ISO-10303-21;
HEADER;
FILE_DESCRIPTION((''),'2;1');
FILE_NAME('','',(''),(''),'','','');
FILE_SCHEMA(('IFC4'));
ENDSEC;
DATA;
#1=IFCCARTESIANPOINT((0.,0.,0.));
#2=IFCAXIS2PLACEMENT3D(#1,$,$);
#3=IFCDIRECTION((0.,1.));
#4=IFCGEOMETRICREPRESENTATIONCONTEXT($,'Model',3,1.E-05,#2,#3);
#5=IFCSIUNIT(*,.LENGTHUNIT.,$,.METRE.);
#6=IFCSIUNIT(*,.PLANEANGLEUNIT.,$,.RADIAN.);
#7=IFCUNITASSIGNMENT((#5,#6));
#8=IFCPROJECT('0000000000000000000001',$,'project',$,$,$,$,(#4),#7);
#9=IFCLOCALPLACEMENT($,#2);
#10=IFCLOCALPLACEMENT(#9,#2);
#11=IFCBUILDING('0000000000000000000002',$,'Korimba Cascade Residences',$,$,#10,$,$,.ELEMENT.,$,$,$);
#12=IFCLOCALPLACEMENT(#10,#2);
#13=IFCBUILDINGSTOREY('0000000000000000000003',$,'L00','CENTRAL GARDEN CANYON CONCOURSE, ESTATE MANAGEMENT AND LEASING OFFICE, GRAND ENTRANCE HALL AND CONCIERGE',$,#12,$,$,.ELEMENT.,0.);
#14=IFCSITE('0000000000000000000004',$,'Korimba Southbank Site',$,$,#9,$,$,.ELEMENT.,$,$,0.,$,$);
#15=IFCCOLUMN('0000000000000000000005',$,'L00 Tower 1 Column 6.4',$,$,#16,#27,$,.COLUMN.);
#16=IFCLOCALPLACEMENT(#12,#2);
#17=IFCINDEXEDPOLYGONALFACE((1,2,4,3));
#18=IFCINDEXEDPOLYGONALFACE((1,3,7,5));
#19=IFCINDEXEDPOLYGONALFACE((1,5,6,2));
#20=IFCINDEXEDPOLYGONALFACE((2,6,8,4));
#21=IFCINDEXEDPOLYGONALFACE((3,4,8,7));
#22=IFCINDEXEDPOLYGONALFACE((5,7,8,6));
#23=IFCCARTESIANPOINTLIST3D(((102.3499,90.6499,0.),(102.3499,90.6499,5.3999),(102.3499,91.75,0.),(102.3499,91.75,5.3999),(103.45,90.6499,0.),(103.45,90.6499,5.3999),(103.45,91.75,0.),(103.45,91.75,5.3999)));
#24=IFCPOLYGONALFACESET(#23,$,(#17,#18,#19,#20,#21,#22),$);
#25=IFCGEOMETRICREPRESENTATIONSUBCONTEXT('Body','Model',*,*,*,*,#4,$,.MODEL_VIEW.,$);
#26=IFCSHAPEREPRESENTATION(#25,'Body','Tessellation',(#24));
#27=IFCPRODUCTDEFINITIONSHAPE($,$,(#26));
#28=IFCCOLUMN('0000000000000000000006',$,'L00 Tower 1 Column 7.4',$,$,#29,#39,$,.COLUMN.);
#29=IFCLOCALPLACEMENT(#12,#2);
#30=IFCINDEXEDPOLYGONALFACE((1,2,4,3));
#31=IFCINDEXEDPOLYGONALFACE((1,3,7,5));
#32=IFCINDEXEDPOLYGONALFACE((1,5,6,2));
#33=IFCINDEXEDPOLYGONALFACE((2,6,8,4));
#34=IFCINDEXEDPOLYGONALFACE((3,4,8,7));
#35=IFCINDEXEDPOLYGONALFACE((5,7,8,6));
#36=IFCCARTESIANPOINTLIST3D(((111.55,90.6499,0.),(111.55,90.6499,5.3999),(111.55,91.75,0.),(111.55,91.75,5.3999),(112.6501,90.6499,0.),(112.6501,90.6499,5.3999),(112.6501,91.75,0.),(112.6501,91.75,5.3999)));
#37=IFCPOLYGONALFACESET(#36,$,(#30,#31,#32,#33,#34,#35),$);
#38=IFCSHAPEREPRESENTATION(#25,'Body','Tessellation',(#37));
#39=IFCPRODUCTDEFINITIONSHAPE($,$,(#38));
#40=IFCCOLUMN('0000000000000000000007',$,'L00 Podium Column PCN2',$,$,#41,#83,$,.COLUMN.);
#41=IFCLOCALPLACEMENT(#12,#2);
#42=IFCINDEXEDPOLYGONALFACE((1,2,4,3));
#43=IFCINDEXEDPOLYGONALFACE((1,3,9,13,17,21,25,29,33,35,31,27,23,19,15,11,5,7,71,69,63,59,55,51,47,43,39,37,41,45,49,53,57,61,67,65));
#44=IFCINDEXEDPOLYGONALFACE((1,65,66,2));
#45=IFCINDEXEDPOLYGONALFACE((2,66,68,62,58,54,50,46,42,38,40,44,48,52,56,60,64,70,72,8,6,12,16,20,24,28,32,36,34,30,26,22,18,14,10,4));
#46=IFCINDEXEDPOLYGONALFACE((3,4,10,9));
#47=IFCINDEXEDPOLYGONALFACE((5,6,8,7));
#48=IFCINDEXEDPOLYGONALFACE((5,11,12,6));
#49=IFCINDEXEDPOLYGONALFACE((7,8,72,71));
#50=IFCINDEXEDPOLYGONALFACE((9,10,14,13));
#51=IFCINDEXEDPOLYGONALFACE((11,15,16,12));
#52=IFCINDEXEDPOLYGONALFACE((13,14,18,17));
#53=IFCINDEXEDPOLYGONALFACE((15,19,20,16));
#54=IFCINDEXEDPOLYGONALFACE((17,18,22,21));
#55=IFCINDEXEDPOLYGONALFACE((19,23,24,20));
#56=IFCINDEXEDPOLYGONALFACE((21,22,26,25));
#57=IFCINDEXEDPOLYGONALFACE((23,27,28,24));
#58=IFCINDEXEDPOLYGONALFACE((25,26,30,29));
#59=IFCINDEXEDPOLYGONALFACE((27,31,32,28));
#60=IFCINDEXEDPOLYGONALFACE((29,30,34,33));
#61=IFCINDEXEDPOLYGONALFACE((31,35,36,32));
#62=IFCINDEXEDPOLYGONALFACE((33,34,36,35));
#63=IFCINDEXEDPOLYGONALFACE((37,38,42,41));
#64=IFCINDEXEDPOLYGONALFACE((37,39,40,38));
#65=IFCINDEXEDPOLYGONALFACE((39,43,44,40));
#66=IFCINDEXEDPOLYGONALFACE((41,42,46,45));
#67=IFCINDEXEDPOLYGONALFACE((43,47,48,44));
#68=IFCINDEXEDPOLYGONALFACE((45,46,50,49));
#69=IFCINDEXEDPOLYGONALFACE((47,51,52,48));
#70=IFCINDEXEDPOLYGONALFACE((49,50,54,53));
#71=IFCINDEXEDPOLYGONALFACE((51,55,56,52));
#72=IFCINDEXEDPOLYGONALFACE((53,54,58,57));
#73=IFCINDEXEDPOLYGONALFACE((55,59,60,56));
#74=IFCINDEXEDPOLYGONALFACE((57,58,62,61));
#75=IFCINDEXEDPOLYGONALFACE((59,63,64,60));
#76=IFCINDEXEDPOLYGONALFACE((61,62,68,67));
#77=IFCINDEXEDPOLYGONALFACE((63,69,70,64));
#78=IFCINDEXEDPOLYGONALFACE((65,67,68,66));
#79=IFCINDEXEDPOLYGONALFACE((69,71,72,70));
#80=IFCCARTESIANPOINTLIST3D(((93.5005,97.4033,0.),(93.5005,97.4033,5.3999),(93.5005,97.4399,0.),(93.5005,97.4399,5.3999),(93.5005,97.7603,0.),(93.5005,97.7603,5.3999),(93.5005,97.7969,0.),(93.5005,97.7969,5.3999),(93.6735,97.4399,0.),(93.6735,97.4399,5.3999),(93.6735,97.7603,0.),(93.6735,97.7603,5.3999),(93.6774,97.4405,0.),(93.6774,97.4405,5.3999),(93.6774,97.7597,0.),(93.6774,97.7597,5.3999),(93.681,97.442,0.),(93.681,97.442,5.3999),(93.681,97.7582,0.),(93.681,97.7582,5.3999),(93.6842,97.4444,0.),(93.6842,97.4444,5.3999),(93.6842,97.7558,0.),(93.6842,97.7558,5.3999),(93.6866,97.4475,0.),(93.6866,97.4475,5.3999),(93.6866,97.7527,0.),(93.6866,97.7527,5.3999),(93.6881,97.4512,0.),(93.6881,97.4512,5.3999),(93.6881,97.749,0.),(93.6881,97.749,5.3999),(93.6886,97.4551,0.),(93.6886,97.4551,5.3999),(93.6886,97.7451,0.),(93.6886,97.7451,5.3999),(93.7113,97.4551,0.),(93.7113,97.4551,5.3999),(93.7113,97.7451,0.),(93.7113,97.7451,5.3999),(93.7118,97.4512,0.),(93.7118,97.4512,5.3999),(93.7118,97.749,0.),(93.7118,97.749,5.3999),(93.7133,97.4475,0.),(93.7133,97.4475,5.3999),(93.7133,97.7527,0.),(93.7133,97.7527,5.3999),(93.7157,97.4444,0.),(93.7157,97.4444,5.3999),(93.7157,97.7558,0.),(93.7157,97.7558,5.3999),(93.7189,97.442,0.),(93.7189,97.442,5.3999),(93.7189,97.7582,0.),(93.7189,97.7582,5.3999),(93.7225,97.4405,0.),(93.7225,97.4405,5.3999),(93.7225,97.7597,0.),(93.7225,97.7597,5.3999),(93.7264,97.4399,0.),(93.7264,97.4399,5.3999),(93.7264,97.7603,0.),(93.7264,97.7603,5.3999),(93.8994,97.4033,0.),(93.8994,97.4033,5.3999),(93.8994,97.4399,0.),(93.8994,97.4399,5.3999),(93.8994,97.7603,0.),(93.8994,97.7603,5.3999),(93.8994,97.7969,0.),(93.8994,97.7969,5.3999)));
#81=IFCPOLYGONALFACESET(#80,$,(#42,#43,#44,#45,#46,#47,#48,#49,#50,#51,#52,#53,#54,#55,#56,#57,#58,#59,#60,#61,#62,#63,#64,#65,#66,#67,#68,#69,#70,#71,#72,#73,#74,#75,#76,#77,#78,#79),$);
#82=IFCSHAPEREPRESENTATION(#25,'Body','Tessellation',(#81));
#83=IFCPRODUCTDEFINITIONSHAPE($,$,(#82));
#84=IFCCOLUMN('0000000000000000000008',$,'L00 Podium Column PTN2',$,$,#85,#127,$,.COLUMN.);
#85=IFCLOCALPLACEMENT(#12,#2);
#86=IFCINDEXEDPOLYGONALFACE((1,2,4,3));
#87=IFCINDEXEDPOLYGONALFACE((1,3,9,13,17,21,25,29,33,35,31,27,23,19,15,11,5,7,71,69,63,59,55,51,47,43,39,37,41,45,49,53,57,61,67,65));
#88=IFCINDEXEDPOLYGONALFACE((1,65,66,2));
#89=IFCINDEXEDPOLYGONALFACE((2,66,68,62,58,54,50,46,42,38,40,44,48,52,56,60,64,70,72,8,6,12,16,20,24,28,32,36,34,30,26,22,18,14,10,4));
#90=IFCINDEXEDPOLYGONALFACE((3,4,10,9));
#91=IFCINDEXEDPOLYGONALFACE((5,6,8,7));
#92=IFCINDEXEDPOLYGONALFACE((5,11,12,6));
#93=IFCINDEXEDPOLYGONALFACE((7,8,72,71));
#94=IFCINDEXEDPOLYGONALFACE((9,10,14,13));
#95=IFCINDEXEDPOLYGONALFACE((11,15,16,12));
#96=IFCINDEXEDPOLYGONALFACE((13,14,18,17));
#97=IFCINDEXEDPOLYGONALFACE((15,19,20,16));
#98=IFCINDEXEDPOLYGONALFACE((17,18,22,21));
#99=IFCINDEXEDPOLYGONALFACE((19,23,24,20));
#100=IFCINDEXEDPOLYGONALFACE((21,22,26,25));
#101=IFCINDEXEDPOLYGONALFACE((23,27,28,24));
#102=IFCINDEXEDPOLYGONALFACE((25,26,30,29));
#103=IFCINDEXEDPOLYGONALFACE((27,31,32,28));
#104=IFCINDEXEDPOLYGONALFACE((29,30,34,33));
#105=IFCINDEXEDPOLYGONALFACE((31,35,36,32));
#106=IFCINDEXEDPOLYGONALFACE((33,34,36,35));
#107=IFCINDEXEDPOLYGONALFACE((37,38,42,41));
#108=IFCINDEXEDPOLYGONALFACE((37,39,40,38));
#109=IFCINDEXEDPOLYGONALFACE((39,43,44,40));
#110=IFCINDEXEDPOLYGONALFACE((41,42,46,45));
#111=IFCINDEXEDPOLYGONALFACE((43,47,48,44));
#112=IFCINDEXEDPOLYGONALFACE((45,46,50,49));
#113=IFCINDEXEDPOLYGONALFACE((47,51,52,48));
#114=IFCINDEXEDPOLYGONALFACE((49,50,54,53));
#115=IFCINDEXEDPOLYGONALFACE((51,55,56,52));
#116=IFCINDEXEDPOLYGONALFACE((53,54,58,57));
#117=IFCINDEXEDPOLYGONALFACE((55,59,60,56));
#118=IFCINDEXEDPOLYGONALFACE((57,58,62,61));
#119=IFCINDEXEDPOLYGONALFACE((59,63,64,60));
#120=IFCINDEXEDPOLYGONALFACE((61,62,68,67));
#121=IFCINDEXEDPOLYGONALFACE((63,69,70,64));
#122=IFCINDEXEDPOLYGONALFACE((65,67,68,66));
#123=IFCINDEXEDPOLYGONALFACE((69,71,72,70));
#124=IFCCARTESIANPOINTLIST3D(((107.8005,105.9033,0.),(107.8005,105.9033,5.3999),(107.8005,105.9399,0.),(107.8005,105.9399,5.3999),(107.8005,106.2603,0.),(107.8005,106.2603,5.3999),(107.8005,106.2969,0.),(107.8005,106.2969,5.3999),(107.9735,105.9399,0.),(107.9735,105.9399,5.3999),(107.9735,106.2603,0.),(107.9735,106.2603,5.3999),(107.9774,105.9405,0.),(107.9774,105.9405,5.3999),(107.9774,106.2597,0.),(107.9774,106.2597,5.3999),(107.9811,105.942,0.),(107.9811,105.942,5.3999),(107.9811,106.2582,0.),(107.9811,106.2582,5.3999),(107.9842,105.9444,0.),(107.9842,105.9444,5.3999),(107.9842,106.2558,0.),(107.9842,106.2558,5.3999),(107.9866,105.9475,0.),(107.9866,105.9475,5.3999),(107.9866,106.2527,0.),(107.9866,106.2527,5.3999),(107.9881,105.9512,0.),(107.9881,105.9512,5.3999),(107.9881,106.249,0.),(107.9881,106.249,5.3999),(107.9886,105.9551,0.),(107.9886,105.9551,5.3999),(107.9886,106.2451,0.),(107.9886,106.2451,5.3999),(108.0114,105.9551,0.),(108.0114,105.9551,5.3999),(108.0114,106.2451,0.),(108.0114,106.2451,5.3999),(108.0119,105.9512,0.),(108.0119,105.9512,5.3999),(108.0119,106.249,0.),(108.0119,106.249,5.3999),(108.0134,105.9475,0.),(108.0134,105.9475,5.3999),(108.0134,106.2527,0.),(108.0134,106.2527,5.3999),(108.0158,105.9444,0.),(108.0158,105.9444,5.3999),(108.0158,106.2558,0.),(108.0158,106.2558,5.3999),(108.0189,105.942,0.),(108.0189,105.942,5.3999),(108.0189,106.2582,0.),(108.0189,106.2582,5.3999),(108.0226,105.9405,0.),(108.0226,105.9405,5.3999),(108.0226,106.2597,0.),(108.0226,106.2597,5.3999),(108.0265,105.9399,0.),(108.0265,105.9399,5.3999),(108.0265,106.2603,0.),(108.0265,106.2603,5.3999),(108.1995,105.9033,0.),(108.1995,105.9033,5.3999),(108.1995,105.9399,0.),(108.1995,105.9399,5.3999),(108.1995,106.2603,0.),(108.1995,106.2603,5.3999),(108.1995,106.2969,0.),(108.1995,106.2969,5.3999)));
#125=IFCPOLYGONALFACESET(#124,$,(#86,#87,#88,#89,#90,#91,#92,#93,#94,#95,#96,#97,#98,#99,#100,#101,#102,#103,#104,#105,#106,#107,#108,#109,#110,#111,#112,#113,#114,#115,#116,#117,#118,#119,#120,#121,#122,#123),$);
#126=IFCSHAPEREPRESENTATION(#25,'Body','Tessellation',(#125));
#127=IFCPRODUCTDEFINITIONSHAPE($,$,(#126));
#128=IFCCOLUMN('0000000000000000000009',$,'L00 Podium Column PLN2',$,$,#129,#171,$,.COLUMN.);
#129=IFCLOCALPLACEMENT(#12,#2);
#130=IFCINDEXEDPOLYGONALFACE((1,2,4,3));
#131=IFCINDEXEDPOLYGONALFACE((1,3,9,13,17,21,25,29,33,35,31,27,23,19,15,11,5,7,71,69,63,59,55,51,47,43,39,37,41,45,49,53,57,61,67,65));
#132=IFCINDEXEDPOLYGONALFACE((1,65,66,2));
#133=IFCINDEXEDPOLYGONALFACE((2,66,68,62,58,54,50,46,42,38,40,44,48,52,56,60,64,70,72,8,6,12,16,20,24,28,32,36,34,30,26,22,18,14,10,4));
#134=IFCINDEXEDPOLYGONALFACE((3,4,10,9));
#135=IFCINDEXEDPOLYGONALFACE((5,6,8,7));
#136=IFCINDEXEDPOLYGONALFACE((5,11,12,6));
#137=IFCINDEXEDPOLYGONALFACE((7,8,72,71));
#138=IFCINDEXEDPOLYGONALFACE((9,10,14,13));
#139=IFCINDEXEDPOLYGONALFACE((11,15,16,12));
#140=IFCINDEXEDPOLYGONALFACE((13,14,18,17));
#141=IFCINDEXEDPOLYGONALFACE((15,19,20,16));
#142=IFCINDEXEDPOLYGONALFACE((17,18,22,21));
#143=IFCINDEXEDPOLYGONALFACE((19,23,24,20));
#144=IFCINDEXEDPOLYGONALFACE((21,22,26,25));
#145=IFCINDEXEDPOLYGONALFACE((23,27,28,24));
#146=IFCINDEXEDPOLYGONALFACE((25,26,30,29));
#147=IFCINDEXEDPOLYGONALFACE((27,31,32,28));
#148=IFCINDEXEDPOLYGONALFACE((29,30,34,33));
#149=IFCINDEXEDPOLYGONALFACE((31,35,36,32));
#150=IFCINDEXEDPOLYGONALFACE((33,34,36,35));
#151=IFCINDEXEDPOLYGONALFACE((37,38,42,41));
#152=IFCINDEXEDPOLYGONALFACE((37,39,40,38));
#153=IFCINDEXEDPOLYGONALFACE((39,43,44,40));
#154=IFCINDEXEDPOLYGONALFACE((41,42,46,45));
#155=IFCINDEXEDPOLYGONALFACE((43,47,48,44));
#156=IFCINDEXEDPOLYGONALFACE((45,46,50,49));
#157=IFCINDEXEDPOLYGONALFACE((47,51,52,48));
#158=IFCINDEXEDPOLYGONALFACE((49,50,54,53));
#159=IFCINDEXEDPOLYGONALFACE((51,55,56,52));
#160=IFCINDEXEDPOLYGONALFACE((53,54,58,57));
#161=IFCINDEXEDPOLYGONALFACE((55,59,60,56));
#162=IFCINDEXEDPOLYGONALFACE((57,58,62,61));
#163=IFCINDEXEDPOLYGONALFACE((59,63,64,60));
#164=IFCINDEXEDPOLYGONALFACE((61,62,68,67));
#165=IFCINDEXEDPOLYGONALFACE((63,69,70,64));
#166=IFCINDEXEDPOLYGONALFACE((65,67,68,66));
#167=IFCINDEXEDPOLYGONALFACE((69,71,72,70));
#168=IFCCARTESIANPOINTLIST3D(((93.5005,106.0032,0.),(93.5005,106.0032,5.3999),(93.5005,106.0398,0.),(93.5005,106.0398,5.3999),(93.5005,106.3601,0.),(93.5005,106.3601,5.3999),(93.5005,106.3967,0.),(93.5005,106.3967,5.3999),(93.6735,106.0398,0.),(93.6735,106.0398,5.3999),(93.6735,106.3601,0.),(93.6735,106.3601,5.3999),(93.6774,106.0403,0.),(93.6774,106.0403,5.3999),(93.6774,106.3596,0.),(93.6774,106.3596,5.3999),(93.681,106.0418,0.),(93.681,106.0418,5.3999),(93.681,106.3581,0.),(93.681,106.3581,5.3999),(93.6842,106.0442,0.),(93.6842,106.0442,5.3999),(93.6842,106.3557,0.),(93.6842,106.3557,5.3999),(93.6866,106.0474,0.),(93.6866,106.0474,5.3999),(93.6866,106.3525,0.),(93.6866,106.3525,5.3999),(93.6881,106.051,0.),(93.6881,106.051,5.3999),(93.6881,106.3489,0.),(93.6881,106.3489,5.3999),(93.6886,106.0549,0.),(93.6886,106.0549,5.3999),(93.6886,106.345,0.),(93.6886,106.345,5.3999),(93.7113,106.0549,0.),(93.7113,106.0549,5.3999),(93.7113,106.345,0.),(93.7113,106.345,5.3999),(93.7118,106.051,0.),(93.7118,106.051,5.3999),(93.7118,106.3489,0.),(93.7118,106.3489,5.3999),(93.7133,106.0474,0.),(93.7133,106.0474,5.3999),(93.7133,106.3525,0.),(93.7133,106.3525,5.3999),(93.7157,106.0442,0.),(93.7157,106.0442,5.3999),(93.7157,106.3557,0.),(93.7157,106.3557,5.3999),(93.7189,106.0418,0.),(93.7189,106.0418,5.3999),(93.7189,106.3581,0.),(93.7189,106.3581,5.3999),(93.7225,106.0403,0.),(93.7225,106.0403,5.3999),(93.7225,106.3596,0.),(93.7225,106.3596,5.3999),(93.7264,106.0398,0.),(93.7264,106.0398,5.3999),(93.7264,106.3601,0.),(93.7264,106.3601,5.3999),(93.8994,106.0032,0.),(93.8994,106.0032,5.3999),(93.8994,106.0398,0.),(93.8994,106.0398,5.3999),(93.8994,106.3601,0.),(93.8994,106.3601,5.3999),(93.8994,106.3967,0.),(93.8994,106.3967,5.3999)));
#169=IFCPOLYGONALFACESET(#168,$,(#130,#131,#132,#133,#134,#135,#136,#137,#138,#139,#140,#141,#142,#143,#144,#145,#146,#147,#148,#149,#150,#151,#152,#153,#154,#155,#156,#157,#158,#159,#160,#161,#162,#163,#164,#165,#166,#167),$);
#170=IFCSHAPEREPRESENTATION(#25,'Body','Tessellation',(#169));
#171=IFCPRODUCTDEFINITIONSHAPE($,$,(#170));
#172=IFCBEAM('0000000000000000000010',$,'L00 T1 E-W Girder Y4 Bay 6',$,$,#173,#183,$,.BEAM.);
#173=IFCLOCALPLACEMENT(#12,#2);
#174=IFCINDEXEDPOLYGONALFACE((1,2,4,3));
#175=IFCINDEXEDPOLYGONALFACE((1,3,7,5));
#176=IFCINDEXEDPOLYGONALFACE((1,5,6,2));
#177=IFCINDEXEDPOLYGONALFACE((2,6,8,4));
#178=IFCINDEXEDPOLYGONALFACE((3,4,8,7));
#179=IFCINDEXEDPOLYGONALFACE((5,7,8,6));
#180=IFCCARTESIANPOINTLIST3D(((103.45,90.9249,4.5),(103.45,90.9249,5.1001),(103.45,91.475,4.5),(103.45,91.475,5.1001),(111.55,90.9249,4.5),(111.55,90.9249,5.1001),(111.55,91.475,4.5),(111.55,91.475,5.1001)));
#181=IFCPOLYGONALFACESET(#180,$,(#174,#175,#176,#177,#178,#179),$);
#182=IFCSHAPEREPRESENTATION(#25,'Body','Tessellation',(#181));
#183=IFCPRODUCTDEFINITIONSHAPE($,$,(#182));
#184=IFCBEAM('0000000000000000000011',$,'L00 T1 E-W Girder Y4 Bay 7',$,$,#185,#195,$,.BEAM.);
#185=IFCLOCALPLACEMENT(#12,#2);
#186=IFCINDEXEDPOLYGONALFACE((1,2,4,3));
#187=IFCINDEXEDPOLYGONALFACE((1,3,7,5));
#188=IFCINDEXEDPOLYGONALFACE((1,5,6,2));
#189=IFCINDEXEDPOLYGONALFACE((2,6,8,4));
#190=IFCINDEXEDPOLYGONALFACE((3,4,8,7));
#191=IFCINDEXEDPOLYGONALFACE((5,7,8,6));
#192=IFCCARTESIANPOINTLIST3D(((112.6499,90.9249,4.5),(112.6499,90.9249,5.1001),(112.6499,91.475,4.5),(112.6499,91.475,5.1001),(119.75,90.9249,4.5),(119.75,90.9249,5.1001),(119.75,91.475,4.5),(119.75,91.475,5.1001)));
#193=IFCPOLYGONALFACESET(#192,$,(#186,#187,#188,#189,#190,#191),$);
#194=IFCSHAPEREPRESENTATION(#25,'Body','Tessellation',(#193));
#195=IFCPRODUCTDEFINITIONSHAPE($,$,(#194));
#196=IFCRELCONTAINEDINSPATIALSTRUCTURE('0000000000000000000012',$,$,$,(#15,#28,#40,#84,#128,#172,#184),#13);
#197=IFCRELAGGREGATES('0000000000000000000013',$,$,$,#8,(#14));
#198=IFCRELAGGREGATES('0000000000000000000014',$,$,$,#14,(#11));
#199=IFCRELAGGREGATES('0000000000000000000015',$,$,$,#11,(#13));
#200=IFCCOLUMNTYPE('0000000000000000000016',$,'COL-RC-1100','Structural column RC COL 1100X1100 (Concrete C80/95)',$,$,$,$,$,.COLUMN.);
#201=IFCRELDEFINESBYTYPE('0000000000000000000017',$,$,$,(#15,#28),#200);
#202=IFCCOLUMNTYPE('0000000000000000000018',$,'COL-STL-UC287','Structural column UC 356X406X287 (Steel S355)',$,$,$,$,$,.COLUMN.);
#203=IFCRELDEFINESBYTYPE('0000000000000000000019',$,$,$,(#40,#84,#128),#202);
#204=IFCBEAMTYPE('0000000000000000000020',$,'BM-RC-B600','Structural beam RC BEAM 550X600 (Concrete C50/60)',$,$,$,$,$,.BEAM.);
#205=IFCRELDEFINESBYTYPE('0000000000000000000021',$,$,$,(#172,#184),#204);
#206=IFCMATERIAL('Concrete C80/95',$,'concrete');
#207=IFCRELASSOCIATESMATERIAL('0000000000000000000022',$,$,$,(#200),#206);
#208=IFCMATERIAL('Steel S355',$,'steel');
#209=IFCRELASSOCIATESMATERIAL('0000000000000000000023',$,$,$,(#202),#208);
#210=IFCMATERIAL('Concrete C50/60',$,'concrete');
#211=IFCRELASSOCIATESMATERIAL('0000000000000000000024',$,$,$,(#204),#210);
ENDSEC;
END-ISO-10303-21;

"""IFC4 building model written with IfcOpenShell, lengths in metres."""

from ifc_helpers import new_model, si_unit, direction, frame, origin, origin_2d, place, context, subcontext, project, spatial, rectangle, i_section, extrude, material, material_profile, profile_set, type_object, element, save


model = new_model("IFC4")

# Units and contexts
model_context = context("Model", 3, precision=1e-05, world=origin(), true_north=direction((0.0, 1.0)))
body_context = subcontext(model_context, "Body", "Model", "MODEL_VIEW")
ifc_project = project(units=[si_unit("LENGTHUNIT", "METRE"), si_unit("PLANEANGLEUNIT", "RADIAN")], contexts=[model_context])

# Site, building, storey
site_placement = place(None, origin())
site = spatial("IfcSite", under=ifc_project, at=site_placement, Name="Korimba Southbank Site", CompositionType="ELEMENT", RefElevation=0.0)
building_placement = place(site_placement, origin())
building = spatial("IfcBuilding", under=site, at=building_placement, Name="Korimba Cascade Residences", CompositionType="ELEMENT")
storey_placement = place(building_placement, origin())
storey = spatial("IfcBuildingStorey", under=building, at=storey_placement, Name="L00", Description="CENTRAL GARDEN CANYON CONCOURSE, ESTATE MANAGEMENT AND LEASING OFFICE, GRAND ENTRANCE HALL AND CONCIERGE", CompositionType="ELEMENT", Elevation=0.0)

# Columns
ifc_material_1 = material(Name="Concrete C80/95", Category="concrete")
ifc_material_profile_1 = material_profile(ifc_material_1, rectangle(XDim=1.1001, YDim=1.1001, at=origin_2d()), Name="Concrete C80/95")
ifc_profile_set_1 = profile_set([ifc_material_profile_1], Name="Concrete C80/95")
column_type_1 = type_object("IfcColumnType", Name="COL-RC-1100", Description="Structural column RC COL 1100X1100 (Concrete C80/95)", PredefinedType="COLUMN", material=ifc_profile_set_1)
for number, where, z_axis, x_axis, name in (
    (1, (102.8999, 91.2, 0.0), (0.0, 0.0, 1.0), (1.0, 0.0, 0.0), "L00 Tower 1 Column 6.4"),
    (2, (112.1001, 91.2, 0.0), (0.0, 0.0, 1.0), (1.0, 0.0, 0.0), "L00 Tower 1 Column 7.4"),
):
    element("IfcColumn", number, at=place(storey_placement, frame(where, z_axis=z_axis, x_axis=x_axis)), inside=storey, type_object=column_type_1, Name=name, PredefinedType="COLUMN", context=body_context, shape_type="SweptSolid", body=[
        extrude(rectangle(XDim=1.1001, YDim=1.1001, at=origin_2d()), origin(), (0.0, 0.0, 1.0), 5.3999),
    ])
ifc_material_2 = material(Name="Steel S355", Category="steel")
ifc_material_profile_2 = material_profile(ifc_material_2, i_section(OverallWidth=0.3989, OverallDepth=0.3936, WebThickness=0.0227, FlangeThickness=0.0366, FilletRadius=0.0151, at=origin_2d()), Name="Steel S355")
ifc_profile_set_2 = profile_set([ifc_material_profile_2], Name="Steel S355")
column_type_2 = type_object("IfcColumnType", Name="COL-STL-UC287", Description="Structural column UC 356X406X287 (Steel S355)", PredefinedType="COLUMN", material=ifc_profile_set_2)
for number, where, z_axis, x_axis, name in (
    (3, (93.7, 97.6001, 0.0), (0.0, 0.0, 1.0), (1.0, 0.0, 0.0), "L00 Podium Column PCN2"),
    (4, (108.0, 106.1001, 0.0), (0.0, 0.0, 1.0), (1.0, 0.0, 0.0), "L00 Podium Column PTN2"),
    (5, (93.7, 106.2, 0.0), (0.0, 0.0, 1.0), (1.0, 0.0, 0.0), "L00 Podium Column PLN2"),
):
    element("IfcColumn", number, at=place(storey_placement, frame(where, z_axis=z_axis, x_axis=x_axis)), inside=storey, type_object=column_type_2, Name=name, PredefinedType="COLUMN", context=body_context, shape_type="SweptSolid", body=[
        extrude(i_section(OverallWidth=0.3989, OverallDepth=0.3936, WebThickness=0.0227, FlangeThickness=0.0366, FilletRadius=0.0151, at=origin_2d()), origin(), (0.0, 0.0, 1.0), 5.3999),
    ])

# Beams
ifc_material_3 = material(Name="Concrete C50/60", Category="concrete")
ifc_material_profile_3 = material_profile(ifc_material_3, rectangle(XDim=0.55, YDim=0.6001, at=origin_2d()), Name="Concrete C50/60")
ifc_profile_set_3 = profile_set([ifc_material_profile_3], Name="Concrete C50/60")
beam_type_1 = type_object("IfcBeamType", Name="BM-RC-B600", Description="Structural beam RC BEAM 550X600 (Concrete C50/60)", PredefinedType="BEAM", material=ifc_profile_set_3)
beam_1_placement = place(storey_placement, frame((103.45, 91.2, 4.8), z_axis=(1.0, 0.0, 0.0), x_axis=(0.0, 1.0, 0.0)))
element("IfcBeam", 6, at=beam_1_placement, inside=storey, type_object=beam_type_1, Name="L00 T1 E-W Girder Y4 Bay 6", PredefinedType="BEAM", context=body_context, shape_type="SweptSolid", body=[
    extrude(rectangle(XDim=0.55, YDim=0.6001, at=origin_2d()), origin(), (0.0, 0.0, 1.0), 8.1001),
])
beam_2_placement = place(storey_placement, frame((112.6499, 91.2, 4.8), z_axis=(1.0, 0.0, 0.0), x_axis=(0.0, 1.0, 0.0)))
element("IfcBeam", 7, at=beam_2_placement, inside=storey, type_object=beam_type_1, Name="L00 T1 E-W Girder Y4 Bay 7", PredefinedType="BEAM", context=body_context, shape_type="SweptSolid", body=[
    extrude(rectangle(XDim=0.55, YDim=0.6001, at=origin_2d()), origin(), (0.0, 0.0, 1.0), 7.1001),
])

save(model, "model.ifc")
